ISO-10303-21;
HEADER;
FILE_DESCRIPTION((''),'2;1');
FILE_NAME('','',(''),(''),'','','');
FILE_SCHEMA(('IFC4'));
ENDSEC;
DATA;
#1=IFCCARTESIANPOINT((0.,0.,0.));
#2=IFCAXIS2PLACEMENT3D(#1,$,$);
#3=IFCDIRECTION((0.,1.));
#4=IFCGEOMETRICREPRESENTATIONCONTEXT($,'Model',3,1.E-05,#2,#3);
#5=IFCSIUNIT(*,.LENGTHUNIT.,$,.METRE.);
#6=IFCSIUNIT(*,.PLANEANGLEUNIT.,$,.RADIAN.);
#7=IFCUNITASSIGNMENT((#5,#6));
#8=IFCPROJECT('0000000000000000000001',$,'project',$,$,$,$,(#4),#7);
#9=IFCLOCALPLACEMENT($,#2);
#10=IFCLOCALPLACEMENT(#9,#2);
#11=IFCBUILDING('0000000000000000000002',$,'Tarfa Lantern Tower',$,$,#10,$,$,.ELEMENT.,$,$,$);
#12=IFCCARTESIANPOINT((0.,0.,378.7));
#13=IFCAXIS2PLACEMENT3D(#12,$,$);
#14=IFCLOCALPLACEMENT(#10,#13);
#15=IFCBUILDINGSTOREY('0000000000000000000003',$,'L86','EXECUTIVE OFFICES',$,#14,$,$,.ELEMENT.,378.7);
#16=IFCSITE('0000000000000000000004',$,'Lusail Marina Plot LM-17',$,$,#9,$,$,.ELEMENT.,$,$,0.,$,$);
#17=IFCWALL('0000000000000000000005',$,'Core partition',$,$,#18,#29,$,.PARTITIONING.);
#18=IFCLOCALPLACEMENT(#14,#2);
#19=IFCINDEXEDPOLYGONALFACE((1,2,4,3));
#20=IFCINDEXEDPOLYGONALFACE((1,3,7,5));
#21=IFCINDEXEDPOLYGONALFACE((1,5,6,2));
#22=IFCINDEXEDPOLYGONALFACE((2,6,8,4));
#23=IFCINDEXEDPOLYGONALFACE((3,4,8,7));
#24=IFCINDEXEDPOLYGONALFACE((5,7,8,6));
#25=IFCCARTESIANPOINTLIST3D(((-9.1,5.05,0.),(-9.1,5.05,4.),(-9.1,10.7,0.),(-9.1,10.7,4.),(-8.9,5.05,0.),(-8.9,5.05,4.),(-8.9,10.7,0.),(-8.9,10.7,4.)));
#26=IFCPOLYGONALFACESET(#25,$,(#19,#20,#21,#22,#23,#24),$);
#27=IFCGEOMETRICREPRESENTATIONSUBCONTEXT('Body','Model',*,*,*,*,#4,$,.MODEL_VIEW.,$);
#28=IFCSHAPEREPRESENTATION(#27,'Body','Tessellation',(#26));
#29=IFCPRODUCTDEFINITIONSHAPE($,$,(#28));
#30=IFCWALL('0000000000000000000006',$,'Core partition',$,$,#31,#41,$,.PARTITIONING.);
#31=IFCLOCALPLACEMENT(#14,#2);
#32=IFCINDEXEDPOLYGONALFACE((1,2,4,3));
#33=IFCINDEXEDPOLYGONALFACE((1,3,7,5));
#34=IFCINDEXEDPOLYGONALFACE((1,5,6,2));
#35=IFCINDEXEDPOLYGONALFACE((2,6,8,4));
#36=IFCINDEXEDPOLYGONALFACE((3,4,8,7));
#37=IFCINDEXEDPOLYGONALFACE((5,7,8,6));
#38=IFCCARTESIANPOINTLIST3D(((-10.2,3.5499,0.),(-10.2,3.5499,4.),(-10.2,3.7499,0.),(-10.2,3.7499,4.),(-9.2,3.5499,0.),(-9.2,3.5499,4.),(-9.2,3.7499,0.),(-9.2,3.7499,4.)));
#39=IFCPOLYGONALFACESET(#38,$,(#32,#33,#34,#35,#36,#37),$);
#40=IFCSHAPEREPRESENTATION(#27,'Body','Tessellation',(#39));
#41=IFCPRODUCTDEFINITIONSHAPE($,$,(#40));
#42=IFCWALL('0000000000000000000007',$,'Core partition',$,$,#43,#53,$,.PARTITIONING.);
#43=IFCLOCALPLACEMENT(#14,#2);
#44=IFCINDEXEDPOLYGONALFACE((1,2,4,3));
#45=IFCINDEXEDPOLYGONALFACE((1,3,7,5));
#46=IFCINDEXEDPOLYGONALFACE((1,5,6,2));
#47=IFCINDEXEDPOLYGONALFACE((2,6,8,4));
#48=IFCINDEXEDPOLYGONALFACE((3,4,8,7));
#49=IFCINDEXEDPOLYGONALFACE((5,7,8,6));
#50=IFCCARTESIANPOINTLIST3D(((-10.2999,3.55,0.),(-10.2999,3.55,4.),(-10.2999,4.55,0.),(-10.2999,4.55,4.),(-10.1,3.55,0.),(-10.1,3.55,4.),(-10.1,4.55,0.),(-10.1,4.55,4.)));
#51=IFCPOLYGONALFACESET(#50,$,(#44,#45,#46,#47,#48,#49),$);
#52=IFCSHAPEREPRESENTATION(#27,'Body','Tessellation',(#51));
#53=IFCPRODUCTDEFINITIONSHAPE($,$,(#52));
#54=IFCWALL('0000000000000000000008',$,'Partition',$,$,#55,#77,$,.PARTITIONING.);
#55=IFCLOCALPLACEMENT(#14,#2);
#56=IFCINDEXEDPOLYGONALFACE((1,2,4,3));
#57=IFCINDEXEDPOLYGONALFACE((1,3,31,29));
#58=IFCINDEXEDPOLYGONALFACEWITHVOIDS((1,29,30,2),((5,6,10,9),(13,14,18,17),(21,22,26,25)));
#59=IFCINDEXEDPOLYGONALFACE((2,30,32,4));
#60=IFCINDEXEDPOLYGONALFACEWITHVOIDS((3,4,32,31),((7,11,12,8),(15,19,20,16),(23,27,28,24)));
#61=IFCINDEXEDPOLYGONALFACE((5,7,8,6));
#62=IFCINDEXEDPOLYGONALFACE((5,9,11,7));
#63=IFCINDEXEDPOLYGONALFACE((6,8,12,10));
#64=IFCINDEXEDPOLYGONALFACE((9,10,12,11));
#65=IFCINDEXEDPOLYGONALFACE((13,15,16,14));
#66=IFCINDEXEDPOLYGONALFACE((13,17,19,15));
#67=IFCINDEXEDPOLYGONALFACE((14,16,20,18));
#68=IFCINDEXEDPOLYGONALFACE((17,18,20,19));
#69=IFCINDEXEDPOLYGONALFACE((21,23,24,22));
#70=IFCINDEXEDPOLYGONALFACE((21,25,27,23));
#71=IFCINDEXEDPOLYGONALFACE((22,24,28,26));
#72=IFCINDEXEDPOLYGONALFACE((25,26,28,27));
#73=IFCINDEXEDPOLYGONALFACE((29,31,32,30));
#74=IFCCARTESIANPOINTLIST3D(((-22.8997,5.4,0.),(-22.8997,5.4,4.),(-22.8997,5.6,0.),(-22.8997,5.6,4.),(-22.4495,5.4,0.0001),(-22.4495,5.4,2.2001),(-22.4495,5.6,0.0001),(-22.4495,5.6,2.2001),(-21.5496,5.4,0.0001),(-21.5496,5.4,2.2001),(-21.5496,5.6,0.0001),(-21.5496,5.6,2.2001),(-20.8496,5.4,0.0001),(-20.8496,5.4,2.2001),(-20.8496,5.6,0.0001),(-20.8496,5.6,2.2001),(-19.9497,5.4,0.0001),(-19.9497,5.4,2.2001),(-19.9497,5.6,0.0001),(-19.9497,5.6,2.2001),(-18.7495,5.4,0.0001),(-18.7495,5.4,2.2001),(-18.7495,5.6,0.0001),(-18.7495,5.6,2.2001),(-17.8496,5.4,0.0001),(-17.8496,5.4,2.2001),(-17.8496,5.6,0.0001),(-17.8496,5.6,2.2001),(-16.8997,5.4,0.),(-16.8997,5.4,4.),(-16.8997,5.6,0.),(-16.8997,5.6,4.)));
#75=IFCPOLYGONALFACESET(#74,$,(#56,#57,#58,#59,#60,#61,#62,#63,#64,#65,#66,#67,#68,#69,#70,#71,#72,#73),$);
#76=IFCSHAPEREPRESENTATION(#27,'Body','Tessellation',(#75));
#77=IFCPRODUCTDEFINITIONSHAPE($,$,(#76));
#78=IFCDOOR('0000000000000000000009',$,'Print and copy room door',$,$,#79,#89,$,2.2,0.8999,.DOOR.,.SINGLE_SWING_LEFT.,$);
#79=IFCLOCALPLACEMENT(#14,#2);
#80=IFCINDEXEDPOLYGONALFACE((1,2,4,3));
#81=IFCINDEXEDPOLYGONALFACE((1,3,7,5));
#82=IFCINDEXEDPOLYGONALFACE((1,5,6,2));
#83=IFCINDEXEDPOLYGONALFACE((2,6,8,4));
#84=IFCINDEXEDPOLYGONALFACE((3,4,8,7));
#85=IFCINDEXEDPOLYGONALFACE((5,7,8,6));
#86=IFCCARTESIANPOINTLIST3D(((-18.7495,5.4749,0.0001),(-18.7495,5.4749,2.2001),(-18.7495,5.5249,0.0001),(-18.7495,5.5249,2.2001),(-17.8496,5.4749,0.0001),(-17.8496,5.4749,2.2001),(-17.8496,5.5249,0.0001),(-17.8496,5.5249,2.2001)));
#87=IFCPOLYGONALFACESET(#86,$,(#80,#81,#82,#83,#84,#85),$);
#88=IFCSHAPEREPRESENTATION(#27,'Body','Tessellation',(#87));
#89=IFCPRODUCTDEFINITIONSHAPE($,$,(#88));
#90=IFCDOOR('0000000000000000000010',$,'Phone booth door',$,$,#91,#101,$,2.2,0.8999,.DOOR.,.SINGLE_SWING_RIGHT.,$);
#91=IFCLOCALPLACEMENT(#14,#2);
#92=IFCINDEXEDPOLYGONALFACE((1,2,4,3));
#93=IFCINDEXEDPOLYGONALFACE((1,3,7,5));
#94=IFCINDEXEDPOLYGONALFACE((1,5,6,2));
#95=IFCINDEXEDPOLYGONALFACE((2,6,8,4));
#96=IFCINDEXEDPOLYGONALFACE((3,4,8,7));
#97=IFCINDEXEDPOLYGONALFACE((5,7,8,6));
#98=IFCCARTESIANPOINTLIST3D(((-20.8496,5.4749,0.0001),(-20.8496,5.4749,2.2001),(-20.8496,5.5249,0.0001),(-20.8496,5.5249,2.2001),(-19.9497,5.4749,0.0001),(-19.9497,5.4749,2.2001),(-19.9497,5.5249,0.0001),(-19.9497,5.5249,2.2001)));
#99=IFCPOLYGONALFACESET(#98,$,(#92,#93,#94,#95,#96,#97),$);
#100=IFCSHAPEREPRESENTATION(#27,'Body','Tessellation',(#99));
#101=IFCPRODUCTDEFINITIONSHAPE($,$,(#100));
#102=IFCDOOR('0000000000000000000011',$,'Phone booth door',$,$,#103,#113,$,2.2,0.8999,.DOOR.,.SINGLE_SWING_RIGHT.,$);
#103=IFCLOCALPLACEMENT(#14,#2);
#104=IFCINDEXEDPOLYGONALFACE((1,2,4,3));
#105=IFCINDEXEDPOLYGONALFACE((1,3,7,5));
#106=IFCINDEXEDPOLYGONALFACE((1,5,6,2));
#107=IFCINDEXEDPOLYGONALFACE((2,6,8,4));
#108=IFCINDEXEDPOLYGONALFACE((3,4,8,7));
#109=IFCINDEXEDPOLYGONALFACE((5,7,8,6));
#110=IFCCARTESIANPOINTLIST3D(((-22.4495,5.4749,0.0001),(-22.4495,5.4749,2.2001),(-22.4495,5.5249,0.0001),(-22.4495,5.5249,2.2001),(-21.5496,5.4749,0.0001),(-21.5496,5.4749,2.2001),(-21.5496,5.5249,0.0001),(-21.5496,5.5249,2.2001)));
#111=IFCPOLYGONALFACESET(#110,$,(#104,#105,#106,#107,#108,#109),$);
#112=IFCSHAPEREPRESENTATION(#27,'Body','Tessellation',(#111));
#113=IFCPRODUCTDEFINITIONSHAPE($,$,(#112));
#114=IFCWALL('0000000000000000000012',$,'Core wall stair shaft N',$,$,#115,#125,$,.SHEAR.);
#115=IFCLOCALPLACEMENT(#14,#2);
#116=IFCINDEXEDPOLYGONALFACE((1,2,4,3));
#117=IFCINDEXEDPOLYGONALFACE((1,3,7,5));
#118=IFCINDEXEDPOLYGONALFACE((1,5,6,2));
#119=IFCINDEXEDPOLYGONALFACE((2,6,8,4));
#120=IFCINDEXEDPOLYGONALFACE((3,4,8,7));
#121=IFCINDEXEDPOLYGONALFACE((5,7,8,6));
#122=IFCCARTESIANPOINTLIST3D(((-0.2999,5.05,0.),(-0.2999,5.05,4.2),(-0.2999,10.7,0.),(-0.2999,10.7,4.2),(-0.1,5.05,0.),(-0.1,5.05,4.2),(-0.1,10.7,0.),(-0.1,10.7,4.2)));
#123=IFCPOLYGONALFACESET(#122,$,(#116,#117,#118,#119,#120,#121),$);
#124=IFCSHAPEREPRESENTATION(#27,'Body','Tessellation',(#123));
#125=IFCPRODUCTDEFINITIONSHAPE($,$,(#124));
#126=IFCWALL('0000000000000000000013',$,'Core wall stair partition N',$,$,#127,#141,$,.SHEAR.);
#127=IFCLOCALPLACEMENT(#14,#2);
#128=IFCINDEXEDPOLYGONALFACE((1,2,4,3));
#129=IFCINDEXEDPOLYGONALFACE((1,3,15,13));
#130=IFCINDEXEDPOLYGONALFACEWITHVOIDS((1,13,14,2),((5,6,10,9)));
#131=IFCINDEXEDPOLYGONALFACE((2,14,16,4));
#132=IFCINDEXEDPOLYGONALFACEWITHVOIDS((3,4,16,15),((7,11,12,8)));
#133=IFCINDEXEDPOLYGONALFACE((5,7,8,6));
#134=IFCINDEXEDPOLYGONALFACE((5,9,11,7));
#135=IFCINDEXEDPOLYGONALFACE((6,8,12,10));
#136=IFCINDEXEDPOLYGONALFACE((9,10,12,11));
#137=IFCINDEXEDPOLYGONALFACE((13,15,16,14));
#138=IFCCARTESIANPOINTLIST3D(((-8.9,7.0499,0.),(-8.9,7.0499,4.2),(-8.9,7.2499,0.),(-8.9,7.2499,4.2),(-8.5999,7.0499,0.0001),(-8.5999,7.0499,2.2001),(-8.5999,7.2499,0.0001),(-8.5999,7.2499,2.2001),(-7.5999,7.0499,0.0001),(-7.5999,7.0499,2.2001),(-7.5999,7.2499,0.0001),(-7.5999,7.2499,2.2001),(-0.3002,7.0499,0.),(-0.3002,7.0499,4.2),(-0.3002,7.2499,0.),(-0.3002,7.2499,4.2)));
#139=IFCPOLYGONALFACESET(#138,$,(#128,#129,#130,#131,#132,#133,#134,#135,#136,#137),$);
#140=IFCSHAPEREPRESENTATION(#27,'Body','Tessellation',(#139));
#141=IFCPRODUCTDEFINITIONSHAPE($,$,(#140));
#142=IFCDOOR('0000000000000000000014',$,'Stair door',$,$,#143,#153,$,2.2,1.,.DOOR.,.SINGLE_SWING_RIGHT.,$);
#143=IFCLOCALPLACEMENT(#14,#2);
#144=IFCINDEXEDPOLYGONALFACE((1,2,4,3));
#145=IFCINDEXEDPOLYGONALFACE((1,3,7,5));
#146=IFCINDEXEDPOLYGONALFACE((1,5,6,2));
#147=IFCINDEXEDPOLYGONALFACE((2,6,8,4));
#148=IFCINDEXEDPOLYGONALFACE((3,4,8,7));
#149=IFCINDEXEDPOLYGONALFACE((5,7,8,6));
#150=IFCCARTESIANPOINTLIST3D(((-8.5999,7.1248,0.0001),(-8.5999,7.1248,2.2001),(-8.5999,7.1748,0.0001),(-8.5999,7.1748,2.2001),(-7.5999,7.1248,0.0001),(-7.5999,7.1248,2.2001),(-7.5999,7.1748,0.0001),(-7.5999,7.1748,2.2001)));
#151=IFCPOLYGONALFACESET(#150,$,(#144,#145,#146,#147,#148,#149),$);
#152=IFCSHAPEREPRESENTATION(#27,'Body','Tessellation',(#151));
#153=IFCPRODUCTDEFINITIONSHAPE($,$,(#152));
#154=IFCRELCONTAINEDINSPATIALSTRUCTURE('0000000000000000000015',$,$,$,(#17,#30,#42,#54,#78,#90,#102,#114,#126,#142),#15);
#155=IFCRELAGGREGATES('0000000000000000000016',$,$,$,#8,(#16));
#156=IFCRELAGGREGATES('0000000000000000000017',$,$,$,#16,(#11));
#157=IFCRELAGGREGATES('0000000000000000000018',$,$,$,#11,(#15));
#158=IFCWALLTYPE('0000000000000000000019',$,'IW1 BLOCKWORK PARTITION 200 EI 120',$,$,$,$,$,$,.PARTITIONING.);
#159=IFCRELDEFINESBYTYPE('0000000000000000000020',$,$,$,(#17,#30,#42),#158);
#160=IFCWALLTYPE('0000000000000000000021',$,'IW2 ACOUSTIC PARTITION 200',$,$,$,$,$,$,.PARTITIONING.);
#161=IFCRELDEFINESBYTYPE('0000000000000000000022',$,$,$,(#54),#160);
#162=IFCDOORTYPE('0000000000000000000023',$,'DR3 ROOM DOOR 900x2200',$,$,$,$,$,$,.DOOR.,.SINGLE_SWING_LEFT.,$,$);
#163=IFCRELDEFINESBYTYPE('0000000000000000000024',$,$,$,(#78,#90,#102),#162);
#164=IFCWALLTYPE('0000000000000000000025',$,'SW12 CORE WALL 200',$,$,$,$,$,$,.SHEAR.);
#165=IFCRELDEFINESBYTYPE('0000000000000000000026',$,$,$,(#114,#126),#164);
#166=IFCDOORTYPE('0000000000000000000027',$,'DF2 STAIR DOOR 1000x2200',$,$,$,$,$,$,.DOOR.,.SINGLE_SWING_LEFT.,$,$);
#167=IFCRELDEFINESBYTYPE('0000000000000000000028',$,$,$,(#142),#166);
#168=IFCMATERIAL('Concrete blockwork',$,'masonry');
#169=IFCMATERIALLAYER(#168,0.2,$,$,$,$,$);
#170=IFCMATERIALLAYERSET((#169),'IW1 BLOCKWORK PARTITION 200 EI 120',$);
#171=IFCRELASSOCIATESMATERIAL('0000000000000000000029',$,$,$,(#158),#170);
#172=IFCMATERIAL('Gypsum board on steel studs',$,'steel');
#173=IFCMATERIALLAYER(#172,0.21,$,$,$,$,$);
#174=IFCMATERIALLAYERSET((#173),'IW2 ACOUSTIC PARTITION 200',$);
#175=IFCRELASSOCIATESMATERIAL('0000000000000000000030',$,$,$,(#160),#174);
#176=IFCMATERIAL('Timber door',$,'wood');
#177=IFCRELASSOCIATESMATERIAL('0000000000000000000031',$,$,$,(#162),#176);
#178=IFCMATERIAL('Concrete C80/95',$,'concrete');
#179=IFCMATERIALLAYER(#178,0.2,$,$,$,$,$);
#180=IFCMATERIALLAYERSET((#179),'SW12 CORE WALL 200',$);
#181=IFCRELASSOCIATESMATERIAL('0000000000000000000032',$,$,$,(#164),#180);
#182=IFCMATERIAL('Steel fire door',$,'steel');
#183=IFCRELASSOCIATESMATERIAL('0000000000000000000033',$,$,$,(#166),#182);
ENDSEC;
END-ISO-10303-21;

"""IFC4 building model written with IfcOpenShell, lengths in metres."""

from ifc_helpers import new_model, si_unit, direction, frame, frame_2d, origin, place, context, subcontext, project, spatial, rectangle, extrude, material, layer, layer_set, type_object, element, fill, save


model = new_model("IFC4")

# Units and contexts
model_context = context("Model", 3, precision=1e-05, world=origin(), true_north=direction((0.0, 1.0)))
body_context = subcontext(model_context, "Body", "Model", "MODEL_VIEW")
ifc_project = project(units=[si_unit("LENGTHUNIT", "METRE"), si_unit("PLANEANGLEUNIT", "RADIAN")], contexts=[model_context])

# Site, building, storey
site_placement = place(None, origin())
site = spatial("IfcSite", under=ifc_project, at=site_placement, Name="Lusail Marina Plot LM-17", CompositionType="ELEMENT", RefElevation=0.0)
building_placement = place(site_placement, origin())
building = spatial("IfcBuilding", under=site, at=building_placement, Name="Tarfa Lantern Tower", CompositionType="ELEMENT")
storey_placement = place(building_placement, frame((0.0, 0.0, 378.7)))
storey = spatial("IfcBuildingStorey", under=building, at=storey_placement, Name="L86", Description="EXECUTIVE OFFICES", CompositionType="ELEMENT", Elevation=378.7)

# Walls
ifc_material_1 = material(Name="Concrete blockwork", Category="masonry")
ifc_layer_1 = layer(ifc_material_1, 0.2)
ifc_layer_set_1 = layer_set([ifc_layer_1], Name="IW1 BLOCKWORK PARTITION 200 EI 120")
wall_type_1 = type_object("IfcWallType", Name="IW1 BLOCKWORK PARTITION 200 EI 120", PredefinedType="PARTITIONING", material=ifc_layer_set_1)
wall_1_placement = place(storey_placement, frame((-9.0, 5.05, 0.0), z_axis=(0.0, 0.0, 1.0), x_axis=(0.0, 1.0, 0.0)))
element("IfcWall", 1, at=wall_1_placement, inside=storey, type_object=wall_type_1, Name="Core partition", PredefinedType="PARTITIONING", context=body_context, shape_type="SweptSolid", body=[
    extrude(rectangle(XDim=5.6499, YDim=0.2, at=frame_2d((2.825, 0.0))), origin(), (0.0, 0.0, 1.0), 4.0),
])
for number, where, z_axis, x_axis, name in (
    (2, (-10.2, 3.6499, 0.0), (0.0, 0.0, 1.0), (1.0, 0.0, 0.0), "Core partition"),
    (3, (-10.2, 3.55, 0.0), (0.0, 0.0, 1.0), (0.0, 1.0, 0.0), "Core partition"),
):
    element("IfcWall", number, at=place(storey_placement, frame(where, z_axis=z_axis, x_axis=x_axis)), inside=storey, type_object=wall_type_1, Name=name, PredefinedType="PARTITIONING", context=body_context, shape_type="SweptSolid", body=[
        extrude(rectangle(XDim=1.0, YDim=0.2, at=frame_2d((0.5, 0.0))), origin(), (0.0, 0.0, 1.0), 4.0),
    ])

# Wall, openings, doors
ifc_material_2 = material(Name="Gypsum board on steel studs", Category="steel")
ifc_layer_2 = layer(ifc_material_2, 0.21)
ifc_layer_set_2 = layer_set([ifc_layer_2], Name="IW2 ACOUSTIC PARTITION 200")
wall_type_2 = type_object("IfcWallType", Name="IW2 ACOUSTIC PARTITION 200", PredefinedType="PARTITIONING", material=ifc_layer_set_2)
wall_2_placement = place(storey_placement, frame((-16.8997, 5.5, 0.0), z_axis=(0.0, 0.0, 1.0), x_axis=(-1.0, 0.0, 0.0)))
wall_2 = element("IfcWall", 4, at=wall_2_placement, inside=storey, type_object=wall_type_2, Name="Partition", PredefinedType="PARTITIONING", context=body_context, shape_type="SweptSolid", body=[
    extrude(rectangle(XDim=6.0, YDim=0.2, at=frame_2d((3.0, 0.0))), origin(), (0.0, 0.0, 1.0), 4.0),
])
opening_1_placement = place(wall_2_placement, frame((0.95, 0.0, 0.0)))
opening_1 = element("IfcOpeningElement", 5, at=opening_1_placement, cuts=wall_2, PredefinedType="OPENING", context=body_context, shape_type="SweptSolid", body=[
    extrude(rectangle(XDim=0.8999, YDim=2.2, at=frame_2d((0.45, 1.1001))), frame((0.0, 0.1099, 0.0), z_axis=(0.0, -1.0, 0.0), x_axis=(1.0, 0.0, 0.0)), (0.0, 0.0, 1.0), 0.22),
])
opening_2_placement = place(wall_2_placement, frame((3.05, 0.0, 0.0)))
opening_2 = element("IfcOpeningElement", 6, at=opening_2_placement, cuts=wall_2, PredefinedType="OPENING", context=body_context, shape_type="SweptSolid", body=[
    extrude(rectangle(XDim=0.8999, YDim=2.2, at=frame_2d((0.45, 1.1001))), frame((0.0, 0.1099, 0.0), z_axis=(0.0, -1.0, 0.0), x_axis=(1.0, 0.0, 0.0)), (0.0, 0.0, 1.0), 0.22),
])
opening_3_placement = place(wall_2_placement, frame((4.6499, 0.0, 0.0)))
opening_3 = element("IfcOpeningElement", 7, at=opening_3_placement, cuts=wall_2, PredefinedType="OPENING", context=body_context, shape_type="SweptSolid", body=[
    extrude(rectangle(XDim=0.8999, YDim=2.2, at=frame_2d((0.45, 1.1001))), frame((0.0, 0.1099, 0.0), z_axis=(0.0, -1.0, 0.0), x_axis=(1.0, 0.0, 0.0)), (0.0, 0.0, 1.0), 0.22),
])
ifc_material_3 = material(Name="Timber door", Category="wood")
door_type_1 = type_object("IfcDoorType", Name="DR3 ROOM DOOR 900x2200", OperationType="SINGLE_SWING_LEFT", PredefinedType="DOOR", material=ifc_material_3)
door_1_placement = place(opening_1_placement, frame((0.8999, 0.0, 0.0), z_axis=(0.0, 0.0, 1.0), x_axis=(-1.0, 0.0, 0.0)))
door_1 = element("IfcDoor", 8, at=door_1_placement, inside=storey, type_object=door_type_1, Name="Print and copy room door", OperationType="SINGLE_SWING_LEFT", OverallHeight=2.2, OverallWidth=0.8999, PredefinedType="DOOR", context=body_context, shape_type="SweptSolid", body=[
    extrude(rectangle(XDim=0.8999, YDim=2.2, at=frame_2d((0.45, 1.1001))), frame((0.0, 0.0249, 0.0), z_axis=(0.0, -1.0, 0.0), x_axis=(1.0, 0.0, 0.0)), (0.0, 0.0, 1.0), 0.05),
])
fill(opening_1, door_1)
door_2_placement = place(opening_2_placement, frame((0.8999, 0.0, 0.0), z_axis=(0.0, 0.0, 1.0), x_axis=(-1.0, 0.0, 0.0)))
door_2 = element("IfcDoor", 9, at=door_2_placement, inside=storey, type_object=door_type_1, Name="Phone booth door", OperationType="SINGLE_SWING_RIGHT", OverallHeight=2.2, OverallWidth=0.8999, PredefinedType="DOOR", context=body_context, shape_type="SweptSolid", body=[
    extrude(rectangle(XDim=0.8999, YDim=2.2, at=frame_2d((0.45, 1.1001))), frame((0.0, 0.0249, 0.0), z_axis=(0.0, -1.0, 0.0), x_axis=(1.0, 0.0, 0.0)), (0.0, 0.0, 1.0), 0.05),
])
fill(opening_2, door_2)
door_3_placement = place(opening_3_placement, frame((0.8999, 0.0, 0.0), z_axis=(0.0, 0.0, 1.0), x_axis=(-1.0, 0.0, 0.0)))
door_3 = element("IfcDoor", 10, at=door_3_placement, inside=storey, type_object=door_type_1, Name="Phone booth door", OperationType="SINGLE_SWING_RIGHT", OverallHeight=2.2, OverallWidth=0.8999, PredefinedType="DOOR", context=body_context, shape_type="SweptSolid", body=[
    extrude(rectangle(XDim=0.8999, YDim=2.2, at=frame_2d((0.45, 1.1001))), frame((0.0, 0.0249, 0.0), z_axis=(0.0, -1.0, 0.0), x_axis=(1.0, 0.0, 0.0)), (0.0, 0.0, 1.0), 0.05),
])
fill(opening_3, door_3)

# Wall
ifc_material_4 = material(Name="Concrete C80/95", Category="concrete")
ifc_layer_3 = layer(ifc_material_4, 0.2)
ifc_layer_set_3 = layer_set([ifc_layer_3], Name="SW12 CORE WALL 200")
wall_type_3 = type_object("IfcWallType", Name="SW12 CORE WALL 200", PredefinedType="SHEAR", material=ifc_layer_set_3)
wall_3_placement = place(storey_placement, frame((-0.2, 5.05, 0.0), z_axis=(0.0, 0.0, 1.0), x_axis=(0.0, 1.0, 0.0)))
element("IfcWall", 11, at=wall_3_placement, inside=storey, type_object=wall_type_3, Name="Core wall stair shaft N", PredefinedType="SHEAR", context=body_context, shape_type="SweptSolid", body=[
    extrude(rectangle(XDim=5.6499, YDim=0.2, at=frame_2d((2.825, 0.0))), origin(), (0.0, 0.0, 1.0), 4.2),
])

# Wall, opening, door
wall_4_placement = place(storey_placement, frame((-8.8999, 7.1499, 0.0), z_axis=(0.0, 0.0, 1.0), x_axis=(1.0, 0.0, 0.0)))
wall_4 = element("IfcWall", 12, at=wall_4_placement, inside=storey, type_object=wall_type_3, Name="Core wall stair partition N", PredefinedType="SHEAR", context=body_context, shape_type="SweptSolid", body=[
    extrude(rectangle(XDim=8.5999, YDim=0.2, at=frame_2d((4.2998, 0.0))), origin(), (0.0, 0.0, 1.0), 4.2),
])
opening_4_placement = place(wall_4_placement, frame((0.3, 0.0, 0.0)))
opening_4 = element("IfcOpeningElement", 13, at=opening_4_placement, cuts=wall_4, PredefinedType="OPENING", context=body_context, shape_type="SweptSolid", body=[
    extrude(rectangle(XDim=1.0, YDim=2.2, at=frame_2d((0.5, 1.1001))), frame((0.0, 0.1099, 0.0), z_axis=(0.0, -1.0, 0.0), x_axis=(1.0, 0.0, 0.0)), (0.0, 0.0, 1.0), 0.22),
])
ifc_material_5 = material(Name="Steel fire door", Category="steel")
door_type_2 = type_object("IfcDoorType", Name="DF2 STAIR DOOR 1000x2200", OperationType="SINGLE_SWING_LEFT", PredefinedType="DOOR", material=ifc_material_5)
door_4_placement = place(opening_4_placement, origin())
door_4 = element("IfcDoor", 14, at=door_4_placement, inside=storey, type_object=door_type_2, Name="Stair door", OperationType="SINGLE_SWING_RIGHT", OverallHeight=2.2, OverallWidth=1.0, PredefinedType="DOOR", context=body_context, shape_type="SweptSolid", body=[
    extrude(rectangle(XDim=1.0, YDim=2.2, at=frame_2d((0.5, 1.1001))), frame((0.0, 0.0249, 0.0), z_axis=(0.0, -1.0, 0.0), x_axis=(1.0, 0.0, 0.0)), (0.0, 0.0, 1.0), 0.05),
])
fill(opening_4, door_4)

save(model, "model.ifc")
